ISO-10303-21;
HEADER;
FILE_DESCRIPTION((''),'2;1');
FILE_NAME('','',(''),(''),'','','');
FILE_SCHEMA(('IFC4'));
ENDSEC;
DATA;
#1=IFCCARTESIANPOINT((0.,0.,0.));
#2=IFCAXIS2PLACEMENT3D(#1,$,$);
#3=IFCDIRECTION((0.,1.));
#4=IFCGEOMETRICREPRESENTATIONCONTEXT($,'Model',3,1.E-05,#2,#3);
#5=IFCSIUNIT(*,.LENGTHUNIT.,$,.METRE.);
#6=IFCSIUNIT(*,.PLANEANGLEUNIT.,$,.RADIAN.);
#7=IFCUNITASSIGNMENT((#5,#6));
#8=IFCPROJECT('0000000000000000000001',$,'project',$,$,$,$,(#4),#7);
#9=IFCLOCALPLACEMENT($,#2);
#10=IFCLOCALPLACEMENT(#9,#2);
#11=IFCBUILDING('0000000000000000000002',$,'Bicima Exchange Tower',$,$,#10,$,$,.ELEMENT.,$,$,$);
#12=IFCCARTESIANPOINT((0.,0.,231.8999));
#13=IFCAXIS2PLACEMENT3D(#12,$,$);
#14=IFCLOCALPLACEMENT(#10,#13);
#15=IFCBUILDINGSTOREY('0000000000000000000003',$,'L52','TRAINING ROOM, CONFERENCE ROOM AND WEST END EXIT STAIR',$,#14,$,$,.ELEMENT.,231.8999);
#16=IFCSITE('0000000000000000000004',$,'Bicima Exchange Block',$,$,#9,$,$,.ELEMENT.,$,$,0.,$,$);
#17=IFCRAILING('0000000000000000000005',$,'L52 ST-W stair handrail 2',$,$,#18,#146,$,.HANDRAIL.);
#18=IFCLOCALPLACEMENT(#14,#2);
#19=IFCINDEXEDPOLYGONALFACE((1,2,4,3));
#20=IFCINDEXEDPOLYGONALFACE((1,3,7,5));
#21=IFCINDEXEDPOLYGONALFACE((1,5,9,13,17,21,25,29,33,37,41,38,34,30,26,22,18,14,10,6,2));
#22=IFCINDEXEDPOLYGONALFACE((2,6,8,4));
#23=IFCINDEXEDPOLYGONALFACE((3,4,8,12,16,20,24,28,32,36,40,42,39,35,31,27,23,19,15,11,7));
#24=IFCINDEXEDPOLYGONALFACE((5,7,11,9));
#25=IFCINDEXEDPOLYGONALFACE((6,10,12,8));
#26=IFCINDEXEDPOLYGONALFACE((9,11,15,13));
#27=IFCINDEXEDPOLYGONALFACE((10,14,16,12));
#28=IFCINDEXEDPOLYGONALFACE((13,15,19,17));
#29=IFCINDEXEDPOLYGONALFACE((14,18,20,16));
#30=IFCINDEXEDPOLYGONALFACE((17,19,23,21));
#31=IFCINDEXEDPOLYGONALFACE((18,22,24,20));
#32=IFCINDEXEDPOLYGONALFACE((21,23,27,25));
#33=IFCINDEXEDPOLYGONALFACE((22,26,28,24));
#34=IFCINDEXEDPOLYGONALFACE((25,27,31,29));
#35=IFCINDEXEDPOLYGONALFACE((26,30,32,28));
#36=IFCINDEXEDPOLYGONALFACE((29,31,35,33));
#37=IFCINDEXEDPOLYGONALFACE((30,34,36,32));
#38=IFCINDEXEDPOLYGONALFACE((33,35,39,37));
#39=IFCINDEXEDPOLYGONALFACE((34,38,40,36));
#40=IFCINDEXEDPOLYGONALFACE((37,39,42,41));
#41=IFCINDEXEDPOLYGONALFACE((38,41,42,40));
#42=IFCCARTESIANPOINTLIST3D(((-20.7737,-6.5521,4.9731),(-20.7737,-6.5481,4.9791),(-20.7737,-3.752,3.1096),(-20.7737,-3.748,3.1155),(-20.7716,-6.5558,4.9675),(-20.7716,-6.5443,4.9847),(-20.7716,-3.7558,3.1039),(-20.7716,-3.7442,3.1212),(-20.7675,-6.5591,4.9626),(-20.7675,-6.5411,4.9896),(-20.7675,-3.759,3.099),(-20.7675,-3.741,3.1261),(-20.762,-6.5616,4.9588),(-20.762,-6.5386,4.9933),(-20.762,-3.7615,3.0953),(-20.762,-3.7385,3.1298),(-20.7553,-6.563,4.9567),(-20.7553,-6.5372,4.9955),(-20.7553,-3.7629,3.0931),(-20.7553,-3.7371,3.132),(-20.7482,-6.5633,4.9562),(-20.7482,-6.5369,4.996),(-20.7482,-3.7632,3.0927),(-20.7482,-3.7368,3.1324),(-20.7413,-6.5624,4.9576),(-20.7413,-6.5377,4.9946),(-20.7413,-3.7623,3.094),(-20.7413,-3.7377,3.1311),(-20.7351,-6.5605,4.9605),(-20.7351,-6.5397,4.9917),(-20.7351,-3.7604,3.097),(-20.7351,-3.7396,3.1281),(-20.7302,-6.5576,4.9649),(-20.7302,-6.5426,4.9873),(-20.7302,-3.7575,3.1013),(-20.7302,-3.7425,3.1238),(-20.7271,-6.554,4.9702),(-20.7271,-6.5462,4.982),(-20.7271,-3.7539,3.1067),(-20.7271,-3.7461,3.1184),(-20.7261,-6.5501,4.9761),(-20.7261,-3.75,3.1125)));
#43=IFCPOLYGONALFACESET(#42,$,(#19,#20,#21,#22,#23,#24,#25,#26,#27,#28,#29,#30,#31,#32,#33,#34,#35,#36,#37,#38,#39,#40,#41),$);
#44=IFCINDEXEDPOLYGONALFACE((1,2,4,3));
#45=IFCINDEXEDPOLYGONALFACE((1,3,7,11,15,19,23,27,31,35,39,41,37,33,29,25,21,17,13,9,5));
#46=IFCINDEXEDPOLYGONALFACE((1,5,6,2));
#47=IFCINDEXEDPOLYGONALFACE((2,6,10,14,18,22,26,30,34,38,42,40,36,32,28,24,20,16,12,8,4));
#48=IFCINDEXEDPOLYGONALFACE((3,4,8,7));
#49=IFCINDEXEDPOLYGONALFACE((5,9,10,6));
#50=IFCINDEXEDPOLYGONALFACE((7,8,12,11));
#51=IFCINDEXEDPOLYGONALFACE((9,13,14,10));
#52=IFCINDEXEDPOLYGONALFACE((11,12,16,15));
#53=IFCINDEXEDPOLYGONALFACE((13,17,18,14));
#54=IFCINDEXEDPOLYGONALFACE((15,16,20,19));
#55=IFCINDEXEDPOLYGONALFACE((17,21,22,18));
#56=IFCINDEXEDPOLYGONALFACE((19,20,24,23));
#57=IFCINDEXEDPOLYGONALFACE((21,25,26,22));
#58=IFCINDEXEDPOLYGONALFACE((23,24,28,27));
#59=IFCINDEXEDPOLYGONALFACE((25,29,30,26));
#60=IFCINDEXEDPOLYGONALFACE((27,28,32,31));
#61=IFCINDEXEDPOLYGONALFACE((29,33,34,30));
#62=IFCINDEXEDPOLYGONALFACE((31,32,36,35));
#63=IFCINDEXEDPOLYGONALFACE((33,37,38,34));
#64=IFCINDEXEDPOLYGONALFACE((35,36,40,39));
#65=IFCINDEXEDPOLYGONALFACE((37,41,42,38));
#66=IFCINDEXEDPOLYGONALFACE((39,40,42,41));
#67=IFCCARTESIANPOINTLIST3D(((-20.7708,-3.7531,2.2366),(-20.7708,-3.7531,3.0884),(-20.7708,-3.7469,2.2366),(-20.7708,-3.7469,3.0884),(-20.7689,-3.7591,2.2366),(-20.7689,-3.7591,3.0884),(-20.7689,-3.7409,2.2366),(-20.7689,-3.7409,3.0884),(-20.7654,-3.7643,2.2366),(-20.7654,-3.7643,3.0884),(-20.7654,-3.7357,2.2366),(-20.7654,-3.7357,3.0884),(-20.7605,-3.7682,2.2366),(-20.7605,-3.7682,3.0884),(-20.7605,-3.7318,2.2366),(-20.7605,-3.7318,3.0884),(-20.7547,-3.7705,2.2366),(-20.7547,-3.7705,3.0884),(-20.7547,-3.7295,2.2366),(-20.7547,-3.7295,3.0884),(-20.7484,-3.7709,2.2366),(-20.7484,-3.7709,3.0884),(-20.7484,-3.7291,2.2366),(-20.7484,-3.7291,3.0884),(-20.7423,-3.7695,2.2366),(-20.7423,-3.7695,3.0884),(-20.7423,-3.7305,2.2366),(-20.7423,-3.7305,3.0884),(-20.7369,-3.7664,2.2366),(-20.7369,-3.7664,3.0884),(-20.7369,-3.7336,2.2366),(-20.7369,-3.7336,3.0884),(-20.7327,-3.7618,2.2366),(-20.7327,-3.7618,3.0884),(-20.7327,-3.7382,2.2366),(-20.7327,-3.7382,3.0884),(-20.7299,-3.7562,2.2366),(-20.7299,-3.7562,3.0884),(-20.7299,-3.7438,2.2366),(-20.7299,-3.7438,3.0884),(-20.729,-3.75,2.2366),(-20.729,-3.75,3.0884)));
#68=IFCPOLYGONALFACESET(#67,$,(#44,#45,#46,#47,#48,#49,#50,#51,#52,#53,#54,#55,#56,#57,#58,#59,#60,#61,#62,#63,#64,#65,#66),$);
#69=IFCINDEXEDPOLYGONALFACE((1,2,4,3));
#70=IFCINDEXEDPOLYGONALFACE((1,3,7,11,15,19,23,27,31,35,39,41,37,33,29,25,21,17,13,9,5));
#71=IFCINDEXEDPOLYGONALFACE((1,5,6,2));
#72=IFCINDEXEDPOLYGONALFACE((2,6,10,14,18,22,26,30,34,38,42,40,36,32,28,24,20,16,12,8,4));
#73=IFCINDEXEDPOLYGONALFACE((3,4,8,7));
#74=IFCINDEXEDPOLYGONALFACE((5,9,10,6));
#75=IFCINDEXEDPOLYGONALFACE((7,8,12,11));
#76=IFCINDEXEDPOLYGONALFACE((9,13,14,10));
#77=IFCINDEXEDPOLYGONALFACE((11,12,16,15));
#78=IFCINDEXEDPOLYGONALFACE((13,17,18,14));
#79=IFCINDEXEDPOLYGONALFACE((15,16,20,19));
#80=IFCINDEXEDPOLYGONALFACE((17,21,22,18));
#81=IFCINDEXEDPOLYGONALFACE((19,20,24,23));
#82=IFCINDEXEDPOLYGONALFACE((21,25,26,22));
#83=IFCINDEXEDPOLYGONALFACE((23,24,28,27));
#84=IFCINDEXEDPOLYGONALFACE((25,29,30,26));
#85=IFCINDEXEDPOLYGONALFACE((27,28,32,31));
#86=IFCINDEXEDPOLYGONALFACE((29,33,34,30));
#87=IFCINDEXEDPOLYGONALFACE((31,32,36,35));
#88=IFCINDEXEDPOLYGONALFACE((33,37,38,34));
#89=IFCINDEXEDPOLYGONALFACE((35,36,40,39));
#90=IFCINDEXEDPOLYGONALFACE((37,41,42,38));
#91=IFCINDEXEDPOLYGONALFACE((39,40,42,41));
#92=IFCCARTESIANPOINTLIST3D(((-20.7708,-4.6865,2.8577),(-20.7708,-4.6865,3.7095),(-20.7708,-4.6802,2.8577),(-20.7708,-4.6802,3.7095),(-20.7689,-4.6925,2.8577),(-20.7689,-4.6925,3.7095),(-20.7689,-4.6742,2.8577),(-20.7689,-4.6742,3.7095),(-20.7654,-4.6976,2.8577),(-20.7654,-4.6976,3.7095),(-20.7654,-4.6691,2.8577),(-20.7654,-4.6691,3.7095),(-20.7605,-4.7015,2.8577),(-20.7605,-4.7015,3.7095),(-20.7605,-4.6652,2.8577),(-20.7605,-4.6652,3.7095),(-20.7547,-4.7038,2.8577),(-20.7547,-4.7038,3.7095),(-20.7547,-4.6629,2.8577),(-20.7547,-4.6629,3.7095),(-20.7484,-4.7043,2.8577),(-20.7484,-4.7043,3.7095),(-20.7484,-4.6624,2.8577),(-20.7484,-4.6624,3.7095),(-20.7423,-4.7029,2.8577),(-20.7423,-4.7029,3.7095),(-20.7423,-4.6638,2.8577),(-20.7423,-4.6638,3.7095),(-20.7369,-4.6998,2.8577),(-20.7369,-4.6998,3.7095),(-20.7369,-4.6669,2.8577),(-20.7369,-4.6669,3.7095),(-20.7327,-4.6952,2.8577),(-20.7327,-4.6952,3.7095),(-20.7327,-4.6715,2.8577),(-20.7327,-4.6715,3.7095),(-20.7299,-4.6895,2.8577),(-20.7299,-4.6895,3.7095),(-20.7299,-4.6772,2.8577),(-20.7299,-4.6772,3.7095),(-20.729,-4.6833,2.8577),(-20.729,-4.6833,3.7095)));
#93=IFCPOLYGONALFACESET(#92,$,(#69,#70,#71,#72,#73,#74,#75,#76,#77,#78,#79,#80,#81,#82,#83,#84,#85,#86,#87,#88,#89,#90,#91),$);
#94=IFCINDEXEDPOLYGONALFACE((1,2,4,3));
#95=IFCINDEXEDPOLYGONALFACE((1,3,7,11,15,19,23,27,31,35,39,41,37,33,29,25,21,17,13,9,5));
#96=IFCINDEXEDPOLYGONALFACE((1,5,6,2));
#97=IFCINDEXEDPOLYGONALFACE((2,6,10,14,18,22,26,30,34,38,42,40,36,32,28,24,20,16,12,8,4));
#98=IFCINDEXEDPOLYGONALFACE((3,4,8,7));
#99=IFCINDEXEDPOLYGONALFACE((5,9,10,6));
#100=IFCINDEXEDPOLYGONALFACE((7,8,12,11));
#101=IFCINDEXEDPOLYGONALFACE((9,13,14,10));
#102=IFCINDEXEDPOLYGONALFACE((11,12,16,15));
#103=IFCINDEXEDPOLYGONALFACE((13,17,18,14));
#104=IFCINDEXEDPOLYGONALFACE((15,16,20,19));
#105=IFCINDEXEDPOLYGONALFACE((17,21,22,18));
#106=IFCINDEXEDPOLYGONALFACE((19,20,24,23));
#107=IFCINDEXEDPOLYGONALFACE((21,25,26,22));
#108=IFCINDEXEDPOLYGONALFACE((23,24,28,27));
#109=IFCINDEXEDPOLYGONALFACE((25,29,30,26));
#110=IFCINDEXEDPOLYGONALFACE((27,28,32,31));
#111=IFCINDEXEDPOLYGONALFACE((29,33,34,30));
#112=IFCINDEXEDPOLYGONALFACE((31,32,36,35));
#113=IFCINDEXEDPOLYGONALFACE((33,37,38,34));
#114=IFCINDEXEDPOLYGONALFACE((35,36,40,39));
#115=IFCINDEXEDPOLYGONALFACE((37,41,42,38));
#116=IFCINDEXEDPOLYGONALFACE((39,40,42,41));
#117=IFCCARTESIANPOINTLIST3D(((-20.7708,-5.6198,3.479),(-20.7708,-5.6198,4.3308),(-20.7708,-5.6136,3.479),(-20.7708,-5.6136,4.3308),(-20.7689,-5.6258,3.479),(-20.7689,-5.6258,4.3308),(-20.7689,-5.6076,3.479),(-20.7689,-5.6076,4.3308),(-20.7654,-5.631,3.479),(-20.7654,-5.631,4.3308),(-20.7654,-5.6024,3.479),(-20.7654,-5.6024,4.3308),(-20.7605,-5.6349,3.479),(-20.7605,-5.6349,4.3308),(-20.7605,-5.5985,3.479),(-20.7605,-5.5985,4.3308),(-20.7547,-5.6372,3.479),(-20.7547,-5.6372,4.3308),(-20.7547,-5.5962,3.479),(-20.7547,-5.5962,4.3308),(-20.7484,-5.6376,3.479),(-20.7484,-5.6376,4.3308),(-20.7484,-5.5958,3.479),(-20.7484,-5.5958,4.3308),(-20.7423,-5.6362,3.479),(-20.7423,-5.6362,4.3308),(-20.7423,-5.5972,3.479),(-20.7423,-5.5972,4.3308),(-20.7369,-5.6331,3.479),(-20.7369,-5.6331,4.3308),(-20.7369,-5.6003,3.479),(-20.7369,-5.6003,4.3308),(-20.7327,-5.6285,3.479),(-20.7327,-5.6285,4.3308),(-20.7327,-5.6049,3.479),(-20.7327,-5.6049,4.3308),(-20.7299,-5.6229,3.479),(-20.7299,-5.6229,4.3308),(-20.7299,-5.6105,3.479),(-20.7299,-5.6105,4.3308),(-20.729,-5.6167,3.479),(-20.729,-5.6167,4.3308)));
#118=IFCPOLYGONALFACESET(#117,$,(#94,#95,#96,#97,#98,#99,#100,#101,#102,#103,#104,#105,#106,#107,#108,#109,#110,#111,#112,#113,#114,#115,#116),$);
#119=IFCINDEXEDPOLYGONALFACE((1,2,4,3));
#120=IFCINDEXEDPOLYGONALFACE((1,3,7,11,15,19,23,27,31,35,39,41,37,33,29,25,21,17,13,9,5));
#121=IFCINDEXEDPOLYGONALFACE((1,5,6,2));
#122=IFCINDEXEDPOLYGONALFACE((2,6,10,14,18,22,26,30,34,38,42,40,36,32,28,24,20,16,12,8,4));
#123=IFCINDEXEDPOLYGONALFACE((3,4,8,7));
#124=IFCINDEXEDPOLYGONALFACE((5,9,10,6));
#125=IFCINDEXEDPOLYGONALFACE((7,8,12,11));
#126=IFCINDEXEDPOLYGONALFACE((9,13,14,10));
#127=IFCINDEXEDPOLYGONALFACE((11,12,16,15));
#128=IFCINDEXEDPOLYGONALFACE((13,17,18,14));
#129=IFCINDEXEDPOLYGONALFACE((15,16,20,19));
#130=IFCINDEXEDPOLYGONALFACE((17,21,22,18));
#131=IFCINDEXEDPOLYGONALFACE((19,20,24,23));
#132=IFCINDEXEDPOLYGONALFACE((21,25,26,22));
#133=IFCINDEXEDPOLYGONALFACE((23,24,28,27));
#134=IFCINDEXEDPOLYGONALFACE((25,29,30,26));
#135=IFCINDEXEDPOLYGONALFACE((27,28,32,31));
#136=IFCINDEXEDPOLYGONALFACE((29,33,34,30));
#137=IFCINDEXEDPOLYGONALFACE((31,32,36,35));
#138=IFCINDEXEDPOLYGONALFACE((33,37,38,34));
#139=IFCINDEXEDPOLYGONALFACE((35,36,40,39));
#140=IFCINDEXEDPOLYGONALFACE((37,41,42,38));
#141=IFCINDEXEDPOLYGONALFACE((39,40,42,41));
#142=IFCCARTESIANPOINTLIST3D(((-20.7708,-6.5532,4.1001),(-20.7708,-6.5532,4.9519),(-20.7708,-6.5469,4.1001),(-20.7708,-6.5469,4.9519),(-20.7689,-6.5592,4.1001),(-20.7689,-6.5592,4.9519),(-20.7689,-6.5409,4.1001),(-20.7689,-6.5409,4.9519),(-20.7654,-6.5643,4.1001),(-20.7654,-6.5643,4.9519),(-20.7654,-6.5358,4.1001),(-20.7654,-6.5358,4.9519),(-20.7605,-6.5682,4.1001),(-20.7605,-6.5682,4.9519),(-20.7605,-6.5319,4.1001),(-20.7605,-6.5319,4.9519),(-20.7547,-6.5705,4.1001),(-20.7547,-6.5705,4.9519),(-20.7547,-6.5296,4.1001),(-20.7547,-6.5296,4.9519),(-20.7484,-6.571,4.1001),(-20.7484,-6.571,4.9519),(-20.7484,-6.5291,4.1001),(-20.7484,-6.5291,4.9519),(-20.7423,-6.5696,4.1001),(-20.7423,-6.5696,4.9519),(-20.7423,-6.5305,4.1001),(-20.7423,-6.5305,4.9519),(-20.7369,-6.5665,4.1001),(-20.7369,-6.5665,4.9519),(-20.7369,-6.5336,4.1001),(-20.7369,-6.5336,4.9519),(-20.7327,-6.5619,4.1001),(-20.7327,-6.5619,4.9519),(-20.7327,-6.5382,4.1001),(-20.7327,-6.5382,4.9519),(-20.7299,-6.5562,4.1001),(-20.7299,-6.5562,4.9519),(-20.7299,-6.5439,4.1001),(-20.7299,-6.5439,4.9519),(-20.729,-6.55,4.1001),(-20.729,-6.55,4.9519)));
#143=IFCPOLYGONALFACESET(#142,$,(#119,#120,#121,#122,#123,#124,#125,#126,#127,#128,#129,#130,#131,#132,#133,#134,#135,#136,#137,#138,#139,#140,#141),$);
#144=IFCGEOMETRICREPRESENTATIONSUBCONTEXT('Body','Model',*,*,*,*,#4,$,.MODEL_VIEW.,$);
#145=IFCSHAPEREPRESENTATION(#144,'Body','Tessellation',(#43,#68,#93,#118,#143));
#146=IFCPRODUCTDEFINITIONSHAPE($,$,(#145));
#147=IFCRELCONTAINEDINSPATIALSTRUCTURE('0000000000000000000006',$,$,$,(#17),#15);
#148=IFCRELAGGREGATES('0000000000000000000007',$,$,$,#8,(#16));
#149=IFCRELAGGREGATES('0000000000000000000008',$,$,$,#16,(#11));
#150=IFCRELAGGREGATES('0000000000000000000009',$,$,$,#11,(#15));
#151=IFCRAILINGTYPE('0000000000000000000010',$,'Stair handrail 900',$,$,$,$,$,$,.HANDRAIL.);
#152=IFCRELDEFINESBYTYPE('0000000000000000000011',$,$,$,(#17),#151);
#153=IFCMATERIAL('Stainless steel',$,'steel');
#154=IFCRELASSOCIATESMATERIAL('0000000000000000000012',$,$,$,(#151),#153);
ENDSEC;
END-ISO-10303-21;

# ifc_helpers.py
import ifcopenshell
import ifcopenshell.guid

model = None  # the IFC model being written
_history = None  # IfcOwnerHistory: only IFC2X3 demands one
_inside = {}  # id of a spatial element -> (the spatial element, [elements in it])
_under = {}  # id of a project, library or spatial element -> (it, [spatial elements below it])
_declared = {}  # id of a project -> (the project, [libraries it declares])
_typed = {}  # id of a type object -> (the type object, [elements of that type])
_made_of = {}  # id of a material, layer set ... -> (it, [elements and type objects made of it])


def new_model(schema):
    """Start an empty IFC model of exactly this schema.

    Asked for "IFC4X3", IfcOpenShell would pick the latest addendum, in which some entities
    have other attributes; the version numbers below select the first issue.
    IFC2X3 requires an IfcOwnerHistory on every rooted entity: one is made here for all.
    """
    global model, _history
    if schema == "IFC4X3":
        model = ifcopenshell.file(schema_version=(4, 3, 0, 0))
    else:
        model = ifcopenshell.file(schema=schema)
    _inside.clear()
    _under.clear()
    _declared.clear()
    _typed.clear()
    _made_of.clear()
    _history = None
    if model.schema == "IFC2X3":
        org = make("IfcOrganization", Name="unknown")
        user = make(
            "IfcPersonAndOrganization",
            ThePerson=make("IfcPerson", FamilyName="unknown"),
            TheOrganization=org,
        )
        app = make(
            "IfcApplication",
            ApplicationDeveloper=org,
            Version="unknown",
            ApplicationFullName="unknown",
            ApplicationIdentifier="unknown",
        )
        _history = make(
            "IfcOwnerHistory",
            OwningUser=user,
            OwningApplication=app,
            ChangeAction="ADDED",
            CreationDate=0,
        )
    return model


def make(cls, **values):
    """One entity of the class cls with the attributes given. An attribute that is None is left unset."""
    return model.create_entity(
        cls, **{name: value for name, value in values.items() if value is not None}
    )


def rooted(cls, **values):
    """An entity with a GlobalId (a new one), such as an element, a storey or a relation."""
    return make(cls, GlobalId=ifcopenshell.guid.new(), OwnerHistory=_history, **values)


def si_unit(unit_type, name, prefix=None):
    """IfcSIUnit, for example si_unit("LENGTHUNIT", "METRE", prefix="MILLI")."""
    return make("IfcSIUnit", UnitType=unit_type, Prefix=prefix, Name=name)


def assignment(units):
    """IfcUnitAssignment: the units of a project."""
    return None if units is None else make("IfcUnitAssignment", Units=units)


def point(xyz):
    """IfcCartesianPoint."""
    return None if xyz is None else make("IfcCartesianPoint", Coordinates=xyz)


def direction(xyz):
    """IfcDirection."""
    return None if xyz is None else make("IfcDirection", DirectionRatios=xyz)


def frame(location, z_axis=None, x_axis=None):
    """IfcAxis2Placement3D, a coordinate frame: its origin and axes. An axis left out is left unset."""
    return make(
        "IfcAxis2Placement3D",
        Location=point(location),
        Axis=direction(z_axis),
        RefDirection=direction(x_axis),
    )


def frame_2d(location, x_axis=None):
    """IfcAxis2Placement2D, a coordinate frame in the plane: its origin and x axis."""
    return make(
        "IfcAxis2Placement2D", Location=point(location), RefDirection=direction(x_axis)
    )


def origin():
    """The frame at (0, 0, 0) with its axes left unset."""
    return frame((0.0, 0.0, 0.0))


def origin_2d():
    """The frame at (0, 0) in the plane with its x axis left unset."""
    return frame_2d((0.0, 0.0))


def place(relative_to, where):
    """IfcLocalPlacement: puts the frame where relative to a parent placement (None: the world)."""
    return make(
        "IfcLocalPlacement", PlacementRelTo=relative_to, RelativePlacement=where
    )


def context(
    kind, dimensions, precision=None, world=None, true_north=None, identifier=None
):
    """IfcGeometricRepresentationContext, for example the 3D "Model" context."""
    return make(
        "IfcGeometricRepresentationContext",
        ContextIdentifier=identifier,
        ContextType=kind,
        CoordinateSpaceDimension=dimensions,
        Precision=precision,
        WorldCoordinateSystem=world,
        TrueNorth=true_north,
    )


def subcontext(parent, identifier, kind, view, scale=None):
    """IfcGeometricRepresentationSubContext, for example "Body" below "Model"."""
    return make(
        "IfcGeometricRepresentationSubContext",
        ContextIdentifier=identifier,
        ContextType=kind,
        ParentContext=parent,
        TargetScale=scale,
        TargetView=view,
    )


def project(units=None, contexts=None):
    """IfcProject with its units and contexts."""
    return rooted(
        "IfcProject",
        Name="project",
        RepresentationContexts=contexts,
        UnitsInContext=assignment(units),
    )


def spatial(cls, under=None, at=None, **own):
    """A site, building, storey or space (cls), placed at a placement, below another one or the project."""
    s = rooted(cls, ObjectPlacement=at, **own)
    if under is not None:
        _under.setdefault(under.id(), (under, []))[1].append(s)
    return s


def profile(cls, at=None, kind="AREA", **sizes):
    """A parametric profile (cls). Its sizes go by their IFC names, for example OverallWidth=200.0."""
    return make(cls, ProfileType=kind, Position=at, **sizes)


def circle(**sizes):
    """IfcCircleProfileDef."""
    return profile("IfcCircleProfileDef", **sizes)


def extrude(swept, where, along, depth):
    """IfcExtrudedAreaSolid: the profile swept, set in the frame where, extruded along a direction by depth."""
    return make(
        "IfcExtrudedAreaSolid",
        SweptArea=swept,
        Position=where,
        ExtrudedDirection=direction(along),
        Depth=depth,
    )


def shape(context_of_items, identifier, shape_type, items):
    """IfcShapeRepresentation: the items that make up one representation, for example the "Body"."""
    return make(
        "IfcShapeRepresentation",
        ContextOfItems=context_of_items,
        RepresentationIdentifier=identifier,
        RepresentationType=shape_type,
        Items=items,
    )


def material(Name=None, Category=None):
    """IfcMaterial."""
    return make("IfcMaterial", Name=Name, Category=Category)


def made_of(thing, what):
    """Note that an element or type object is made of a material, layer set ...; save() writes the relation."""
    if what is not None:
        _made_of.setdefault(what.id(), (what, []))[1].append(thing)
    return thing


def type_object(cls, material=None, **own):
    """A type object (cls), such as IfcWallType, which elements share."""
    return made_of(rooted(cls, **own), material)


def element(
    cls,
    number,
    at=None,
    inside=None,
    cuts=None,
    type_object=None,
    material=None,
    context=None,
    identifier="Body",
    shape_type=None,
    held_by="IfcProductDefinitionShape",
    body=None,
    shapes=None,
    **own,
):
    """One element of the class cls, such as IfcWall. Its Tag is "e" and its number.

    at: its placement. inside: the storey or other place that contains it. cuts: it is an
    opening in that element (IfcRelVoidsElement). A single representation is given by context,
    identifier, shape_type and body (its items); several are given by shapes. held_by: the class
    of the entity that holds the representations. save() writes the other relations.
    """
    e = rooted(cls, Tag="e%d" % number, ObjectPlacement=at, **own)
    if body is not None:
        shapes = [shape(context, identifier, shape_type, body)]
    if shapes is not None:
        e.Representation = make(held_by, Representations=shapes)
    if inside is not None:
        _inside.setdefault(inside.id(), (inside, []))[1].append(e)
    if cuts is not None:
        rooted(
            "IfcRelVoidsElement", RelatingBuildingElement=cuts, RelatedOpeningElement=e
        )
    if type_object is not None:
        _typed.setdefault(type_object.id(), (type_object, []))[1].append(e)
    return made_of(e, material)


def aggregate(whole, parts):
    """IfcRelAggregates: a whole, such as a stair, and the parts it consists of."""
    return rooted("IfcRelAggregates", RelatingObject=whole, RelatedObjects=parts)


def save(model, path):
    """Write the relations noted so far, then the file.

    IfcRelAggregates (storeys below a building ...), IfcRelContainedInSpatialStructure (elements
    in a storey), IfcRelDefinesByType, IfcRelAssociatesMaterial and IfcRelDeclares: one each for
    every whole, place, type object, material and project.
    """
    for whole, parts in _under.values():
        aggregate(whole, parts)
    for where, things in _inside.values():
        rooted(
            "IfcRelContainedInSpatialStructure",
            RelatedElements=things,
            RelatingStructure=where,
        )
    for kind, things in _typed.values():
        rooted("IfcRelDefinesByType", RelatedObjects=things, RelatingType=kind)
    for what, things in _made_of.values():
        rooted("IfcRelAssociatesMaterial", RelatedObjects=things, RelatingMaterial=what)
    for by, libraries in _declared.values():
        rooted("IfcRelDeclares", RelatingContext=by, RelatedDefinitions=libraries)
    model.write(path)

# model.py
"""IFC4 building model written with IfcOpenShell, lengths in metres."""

from ifc_helpers import new_model, si_unit, direction, frame, origin, origin_2d, place, context, subcontext, project, spatial, circle, extrude, material, type_object, element, save


model = new_model("IFC4")

# Units and contexts
model_context = context("Model", 3, precision=1e-05, world=origin(), true_north=direction((0.0, 1.0)))
body_context = subcontext(model_context, "Body", "Model", "MODEL_VIEW")
ifc_project = project(units=[si_unit("LENGTHUNIT", "METRE"), si_unit("PLANEANGLEUNIT", "RADIAN")], contexts=[model_context])

# Site, building, storey
site_placement = place(None, origin())
site = spatial("IfcSite", under=ifc_project, at=site_placement, Name="Bicima Exchange Block", CompositionType="ELEMENT", RefElevation=0.0)
building_placement = place(site_placement, origin())
building = spatial("IfcBuilding", under=site, at=building_placement, Name="Bicima Exchange Tower", CompositionType="ELEMENT")
storey_placement = place(building_placement, frame((0.0, 0.0, 231.8999)))
storey = spatial("IfcBuildingStorey", under=building, at=storey_placement, Name="L52", Description="TRAINING ROOM, CONFERENCE ROOM AND WEST END EXIT STAIR", CompositionType="ELEMENT", Elevation=231.8999)

# Railing
ifc_material_1 = material(Name="Stainless steel", Category="steel")
railing_type_1 = type_object("IfcRailingType", Name="Stair handrail 900", PredefinedType="HANDRAIL", material=ifc_material_1)
railing_1_placement = place(storey_placement, frame((-20.75, -3.75, 2.2366)))
element("IfcRailing", 1, at=railing_1_placement, inside=storey, type_object=railing_type_1, Name="L52 ST-W stair handrail 2", PredefinedType="HANDRAIL", context=body_context, shape_type="SweptSolid", body=[
    extrude(circle(Radius=0.0239, at=origin_2d()), frame((0.0, 0.0, 0.876), z_axis=(0.0, -0.832486, 0.554047), x_axis=(1.0, 0.0, 0.0)), (0.0, 0.0, 1.0), 3.3635),
    extrude(circle(Radius=0.021, at=origin_2d()), origin(), (0.0, 0.0, 1.0), 0.8518),
    extrude(circle(Radius=0.021, at=origin_2d()), frame((0.0, -0.9333, 0.6211)), (0.0, 0.0, 1.0), 0.8518),
    extrude(circle(Radius=0.021, at=origin_2d()), frame((0.0, -1.8667, 1.2424)), (0.0, 0.0, 1.0), 0.8518),
    extrude(circle(Radius=0.021, at=origin_2d()), frame((0.0, -2.8, 1.8635)), (0.0, 0.0, 1.0), 0.8518),
])

save(model, "model.ifc")
